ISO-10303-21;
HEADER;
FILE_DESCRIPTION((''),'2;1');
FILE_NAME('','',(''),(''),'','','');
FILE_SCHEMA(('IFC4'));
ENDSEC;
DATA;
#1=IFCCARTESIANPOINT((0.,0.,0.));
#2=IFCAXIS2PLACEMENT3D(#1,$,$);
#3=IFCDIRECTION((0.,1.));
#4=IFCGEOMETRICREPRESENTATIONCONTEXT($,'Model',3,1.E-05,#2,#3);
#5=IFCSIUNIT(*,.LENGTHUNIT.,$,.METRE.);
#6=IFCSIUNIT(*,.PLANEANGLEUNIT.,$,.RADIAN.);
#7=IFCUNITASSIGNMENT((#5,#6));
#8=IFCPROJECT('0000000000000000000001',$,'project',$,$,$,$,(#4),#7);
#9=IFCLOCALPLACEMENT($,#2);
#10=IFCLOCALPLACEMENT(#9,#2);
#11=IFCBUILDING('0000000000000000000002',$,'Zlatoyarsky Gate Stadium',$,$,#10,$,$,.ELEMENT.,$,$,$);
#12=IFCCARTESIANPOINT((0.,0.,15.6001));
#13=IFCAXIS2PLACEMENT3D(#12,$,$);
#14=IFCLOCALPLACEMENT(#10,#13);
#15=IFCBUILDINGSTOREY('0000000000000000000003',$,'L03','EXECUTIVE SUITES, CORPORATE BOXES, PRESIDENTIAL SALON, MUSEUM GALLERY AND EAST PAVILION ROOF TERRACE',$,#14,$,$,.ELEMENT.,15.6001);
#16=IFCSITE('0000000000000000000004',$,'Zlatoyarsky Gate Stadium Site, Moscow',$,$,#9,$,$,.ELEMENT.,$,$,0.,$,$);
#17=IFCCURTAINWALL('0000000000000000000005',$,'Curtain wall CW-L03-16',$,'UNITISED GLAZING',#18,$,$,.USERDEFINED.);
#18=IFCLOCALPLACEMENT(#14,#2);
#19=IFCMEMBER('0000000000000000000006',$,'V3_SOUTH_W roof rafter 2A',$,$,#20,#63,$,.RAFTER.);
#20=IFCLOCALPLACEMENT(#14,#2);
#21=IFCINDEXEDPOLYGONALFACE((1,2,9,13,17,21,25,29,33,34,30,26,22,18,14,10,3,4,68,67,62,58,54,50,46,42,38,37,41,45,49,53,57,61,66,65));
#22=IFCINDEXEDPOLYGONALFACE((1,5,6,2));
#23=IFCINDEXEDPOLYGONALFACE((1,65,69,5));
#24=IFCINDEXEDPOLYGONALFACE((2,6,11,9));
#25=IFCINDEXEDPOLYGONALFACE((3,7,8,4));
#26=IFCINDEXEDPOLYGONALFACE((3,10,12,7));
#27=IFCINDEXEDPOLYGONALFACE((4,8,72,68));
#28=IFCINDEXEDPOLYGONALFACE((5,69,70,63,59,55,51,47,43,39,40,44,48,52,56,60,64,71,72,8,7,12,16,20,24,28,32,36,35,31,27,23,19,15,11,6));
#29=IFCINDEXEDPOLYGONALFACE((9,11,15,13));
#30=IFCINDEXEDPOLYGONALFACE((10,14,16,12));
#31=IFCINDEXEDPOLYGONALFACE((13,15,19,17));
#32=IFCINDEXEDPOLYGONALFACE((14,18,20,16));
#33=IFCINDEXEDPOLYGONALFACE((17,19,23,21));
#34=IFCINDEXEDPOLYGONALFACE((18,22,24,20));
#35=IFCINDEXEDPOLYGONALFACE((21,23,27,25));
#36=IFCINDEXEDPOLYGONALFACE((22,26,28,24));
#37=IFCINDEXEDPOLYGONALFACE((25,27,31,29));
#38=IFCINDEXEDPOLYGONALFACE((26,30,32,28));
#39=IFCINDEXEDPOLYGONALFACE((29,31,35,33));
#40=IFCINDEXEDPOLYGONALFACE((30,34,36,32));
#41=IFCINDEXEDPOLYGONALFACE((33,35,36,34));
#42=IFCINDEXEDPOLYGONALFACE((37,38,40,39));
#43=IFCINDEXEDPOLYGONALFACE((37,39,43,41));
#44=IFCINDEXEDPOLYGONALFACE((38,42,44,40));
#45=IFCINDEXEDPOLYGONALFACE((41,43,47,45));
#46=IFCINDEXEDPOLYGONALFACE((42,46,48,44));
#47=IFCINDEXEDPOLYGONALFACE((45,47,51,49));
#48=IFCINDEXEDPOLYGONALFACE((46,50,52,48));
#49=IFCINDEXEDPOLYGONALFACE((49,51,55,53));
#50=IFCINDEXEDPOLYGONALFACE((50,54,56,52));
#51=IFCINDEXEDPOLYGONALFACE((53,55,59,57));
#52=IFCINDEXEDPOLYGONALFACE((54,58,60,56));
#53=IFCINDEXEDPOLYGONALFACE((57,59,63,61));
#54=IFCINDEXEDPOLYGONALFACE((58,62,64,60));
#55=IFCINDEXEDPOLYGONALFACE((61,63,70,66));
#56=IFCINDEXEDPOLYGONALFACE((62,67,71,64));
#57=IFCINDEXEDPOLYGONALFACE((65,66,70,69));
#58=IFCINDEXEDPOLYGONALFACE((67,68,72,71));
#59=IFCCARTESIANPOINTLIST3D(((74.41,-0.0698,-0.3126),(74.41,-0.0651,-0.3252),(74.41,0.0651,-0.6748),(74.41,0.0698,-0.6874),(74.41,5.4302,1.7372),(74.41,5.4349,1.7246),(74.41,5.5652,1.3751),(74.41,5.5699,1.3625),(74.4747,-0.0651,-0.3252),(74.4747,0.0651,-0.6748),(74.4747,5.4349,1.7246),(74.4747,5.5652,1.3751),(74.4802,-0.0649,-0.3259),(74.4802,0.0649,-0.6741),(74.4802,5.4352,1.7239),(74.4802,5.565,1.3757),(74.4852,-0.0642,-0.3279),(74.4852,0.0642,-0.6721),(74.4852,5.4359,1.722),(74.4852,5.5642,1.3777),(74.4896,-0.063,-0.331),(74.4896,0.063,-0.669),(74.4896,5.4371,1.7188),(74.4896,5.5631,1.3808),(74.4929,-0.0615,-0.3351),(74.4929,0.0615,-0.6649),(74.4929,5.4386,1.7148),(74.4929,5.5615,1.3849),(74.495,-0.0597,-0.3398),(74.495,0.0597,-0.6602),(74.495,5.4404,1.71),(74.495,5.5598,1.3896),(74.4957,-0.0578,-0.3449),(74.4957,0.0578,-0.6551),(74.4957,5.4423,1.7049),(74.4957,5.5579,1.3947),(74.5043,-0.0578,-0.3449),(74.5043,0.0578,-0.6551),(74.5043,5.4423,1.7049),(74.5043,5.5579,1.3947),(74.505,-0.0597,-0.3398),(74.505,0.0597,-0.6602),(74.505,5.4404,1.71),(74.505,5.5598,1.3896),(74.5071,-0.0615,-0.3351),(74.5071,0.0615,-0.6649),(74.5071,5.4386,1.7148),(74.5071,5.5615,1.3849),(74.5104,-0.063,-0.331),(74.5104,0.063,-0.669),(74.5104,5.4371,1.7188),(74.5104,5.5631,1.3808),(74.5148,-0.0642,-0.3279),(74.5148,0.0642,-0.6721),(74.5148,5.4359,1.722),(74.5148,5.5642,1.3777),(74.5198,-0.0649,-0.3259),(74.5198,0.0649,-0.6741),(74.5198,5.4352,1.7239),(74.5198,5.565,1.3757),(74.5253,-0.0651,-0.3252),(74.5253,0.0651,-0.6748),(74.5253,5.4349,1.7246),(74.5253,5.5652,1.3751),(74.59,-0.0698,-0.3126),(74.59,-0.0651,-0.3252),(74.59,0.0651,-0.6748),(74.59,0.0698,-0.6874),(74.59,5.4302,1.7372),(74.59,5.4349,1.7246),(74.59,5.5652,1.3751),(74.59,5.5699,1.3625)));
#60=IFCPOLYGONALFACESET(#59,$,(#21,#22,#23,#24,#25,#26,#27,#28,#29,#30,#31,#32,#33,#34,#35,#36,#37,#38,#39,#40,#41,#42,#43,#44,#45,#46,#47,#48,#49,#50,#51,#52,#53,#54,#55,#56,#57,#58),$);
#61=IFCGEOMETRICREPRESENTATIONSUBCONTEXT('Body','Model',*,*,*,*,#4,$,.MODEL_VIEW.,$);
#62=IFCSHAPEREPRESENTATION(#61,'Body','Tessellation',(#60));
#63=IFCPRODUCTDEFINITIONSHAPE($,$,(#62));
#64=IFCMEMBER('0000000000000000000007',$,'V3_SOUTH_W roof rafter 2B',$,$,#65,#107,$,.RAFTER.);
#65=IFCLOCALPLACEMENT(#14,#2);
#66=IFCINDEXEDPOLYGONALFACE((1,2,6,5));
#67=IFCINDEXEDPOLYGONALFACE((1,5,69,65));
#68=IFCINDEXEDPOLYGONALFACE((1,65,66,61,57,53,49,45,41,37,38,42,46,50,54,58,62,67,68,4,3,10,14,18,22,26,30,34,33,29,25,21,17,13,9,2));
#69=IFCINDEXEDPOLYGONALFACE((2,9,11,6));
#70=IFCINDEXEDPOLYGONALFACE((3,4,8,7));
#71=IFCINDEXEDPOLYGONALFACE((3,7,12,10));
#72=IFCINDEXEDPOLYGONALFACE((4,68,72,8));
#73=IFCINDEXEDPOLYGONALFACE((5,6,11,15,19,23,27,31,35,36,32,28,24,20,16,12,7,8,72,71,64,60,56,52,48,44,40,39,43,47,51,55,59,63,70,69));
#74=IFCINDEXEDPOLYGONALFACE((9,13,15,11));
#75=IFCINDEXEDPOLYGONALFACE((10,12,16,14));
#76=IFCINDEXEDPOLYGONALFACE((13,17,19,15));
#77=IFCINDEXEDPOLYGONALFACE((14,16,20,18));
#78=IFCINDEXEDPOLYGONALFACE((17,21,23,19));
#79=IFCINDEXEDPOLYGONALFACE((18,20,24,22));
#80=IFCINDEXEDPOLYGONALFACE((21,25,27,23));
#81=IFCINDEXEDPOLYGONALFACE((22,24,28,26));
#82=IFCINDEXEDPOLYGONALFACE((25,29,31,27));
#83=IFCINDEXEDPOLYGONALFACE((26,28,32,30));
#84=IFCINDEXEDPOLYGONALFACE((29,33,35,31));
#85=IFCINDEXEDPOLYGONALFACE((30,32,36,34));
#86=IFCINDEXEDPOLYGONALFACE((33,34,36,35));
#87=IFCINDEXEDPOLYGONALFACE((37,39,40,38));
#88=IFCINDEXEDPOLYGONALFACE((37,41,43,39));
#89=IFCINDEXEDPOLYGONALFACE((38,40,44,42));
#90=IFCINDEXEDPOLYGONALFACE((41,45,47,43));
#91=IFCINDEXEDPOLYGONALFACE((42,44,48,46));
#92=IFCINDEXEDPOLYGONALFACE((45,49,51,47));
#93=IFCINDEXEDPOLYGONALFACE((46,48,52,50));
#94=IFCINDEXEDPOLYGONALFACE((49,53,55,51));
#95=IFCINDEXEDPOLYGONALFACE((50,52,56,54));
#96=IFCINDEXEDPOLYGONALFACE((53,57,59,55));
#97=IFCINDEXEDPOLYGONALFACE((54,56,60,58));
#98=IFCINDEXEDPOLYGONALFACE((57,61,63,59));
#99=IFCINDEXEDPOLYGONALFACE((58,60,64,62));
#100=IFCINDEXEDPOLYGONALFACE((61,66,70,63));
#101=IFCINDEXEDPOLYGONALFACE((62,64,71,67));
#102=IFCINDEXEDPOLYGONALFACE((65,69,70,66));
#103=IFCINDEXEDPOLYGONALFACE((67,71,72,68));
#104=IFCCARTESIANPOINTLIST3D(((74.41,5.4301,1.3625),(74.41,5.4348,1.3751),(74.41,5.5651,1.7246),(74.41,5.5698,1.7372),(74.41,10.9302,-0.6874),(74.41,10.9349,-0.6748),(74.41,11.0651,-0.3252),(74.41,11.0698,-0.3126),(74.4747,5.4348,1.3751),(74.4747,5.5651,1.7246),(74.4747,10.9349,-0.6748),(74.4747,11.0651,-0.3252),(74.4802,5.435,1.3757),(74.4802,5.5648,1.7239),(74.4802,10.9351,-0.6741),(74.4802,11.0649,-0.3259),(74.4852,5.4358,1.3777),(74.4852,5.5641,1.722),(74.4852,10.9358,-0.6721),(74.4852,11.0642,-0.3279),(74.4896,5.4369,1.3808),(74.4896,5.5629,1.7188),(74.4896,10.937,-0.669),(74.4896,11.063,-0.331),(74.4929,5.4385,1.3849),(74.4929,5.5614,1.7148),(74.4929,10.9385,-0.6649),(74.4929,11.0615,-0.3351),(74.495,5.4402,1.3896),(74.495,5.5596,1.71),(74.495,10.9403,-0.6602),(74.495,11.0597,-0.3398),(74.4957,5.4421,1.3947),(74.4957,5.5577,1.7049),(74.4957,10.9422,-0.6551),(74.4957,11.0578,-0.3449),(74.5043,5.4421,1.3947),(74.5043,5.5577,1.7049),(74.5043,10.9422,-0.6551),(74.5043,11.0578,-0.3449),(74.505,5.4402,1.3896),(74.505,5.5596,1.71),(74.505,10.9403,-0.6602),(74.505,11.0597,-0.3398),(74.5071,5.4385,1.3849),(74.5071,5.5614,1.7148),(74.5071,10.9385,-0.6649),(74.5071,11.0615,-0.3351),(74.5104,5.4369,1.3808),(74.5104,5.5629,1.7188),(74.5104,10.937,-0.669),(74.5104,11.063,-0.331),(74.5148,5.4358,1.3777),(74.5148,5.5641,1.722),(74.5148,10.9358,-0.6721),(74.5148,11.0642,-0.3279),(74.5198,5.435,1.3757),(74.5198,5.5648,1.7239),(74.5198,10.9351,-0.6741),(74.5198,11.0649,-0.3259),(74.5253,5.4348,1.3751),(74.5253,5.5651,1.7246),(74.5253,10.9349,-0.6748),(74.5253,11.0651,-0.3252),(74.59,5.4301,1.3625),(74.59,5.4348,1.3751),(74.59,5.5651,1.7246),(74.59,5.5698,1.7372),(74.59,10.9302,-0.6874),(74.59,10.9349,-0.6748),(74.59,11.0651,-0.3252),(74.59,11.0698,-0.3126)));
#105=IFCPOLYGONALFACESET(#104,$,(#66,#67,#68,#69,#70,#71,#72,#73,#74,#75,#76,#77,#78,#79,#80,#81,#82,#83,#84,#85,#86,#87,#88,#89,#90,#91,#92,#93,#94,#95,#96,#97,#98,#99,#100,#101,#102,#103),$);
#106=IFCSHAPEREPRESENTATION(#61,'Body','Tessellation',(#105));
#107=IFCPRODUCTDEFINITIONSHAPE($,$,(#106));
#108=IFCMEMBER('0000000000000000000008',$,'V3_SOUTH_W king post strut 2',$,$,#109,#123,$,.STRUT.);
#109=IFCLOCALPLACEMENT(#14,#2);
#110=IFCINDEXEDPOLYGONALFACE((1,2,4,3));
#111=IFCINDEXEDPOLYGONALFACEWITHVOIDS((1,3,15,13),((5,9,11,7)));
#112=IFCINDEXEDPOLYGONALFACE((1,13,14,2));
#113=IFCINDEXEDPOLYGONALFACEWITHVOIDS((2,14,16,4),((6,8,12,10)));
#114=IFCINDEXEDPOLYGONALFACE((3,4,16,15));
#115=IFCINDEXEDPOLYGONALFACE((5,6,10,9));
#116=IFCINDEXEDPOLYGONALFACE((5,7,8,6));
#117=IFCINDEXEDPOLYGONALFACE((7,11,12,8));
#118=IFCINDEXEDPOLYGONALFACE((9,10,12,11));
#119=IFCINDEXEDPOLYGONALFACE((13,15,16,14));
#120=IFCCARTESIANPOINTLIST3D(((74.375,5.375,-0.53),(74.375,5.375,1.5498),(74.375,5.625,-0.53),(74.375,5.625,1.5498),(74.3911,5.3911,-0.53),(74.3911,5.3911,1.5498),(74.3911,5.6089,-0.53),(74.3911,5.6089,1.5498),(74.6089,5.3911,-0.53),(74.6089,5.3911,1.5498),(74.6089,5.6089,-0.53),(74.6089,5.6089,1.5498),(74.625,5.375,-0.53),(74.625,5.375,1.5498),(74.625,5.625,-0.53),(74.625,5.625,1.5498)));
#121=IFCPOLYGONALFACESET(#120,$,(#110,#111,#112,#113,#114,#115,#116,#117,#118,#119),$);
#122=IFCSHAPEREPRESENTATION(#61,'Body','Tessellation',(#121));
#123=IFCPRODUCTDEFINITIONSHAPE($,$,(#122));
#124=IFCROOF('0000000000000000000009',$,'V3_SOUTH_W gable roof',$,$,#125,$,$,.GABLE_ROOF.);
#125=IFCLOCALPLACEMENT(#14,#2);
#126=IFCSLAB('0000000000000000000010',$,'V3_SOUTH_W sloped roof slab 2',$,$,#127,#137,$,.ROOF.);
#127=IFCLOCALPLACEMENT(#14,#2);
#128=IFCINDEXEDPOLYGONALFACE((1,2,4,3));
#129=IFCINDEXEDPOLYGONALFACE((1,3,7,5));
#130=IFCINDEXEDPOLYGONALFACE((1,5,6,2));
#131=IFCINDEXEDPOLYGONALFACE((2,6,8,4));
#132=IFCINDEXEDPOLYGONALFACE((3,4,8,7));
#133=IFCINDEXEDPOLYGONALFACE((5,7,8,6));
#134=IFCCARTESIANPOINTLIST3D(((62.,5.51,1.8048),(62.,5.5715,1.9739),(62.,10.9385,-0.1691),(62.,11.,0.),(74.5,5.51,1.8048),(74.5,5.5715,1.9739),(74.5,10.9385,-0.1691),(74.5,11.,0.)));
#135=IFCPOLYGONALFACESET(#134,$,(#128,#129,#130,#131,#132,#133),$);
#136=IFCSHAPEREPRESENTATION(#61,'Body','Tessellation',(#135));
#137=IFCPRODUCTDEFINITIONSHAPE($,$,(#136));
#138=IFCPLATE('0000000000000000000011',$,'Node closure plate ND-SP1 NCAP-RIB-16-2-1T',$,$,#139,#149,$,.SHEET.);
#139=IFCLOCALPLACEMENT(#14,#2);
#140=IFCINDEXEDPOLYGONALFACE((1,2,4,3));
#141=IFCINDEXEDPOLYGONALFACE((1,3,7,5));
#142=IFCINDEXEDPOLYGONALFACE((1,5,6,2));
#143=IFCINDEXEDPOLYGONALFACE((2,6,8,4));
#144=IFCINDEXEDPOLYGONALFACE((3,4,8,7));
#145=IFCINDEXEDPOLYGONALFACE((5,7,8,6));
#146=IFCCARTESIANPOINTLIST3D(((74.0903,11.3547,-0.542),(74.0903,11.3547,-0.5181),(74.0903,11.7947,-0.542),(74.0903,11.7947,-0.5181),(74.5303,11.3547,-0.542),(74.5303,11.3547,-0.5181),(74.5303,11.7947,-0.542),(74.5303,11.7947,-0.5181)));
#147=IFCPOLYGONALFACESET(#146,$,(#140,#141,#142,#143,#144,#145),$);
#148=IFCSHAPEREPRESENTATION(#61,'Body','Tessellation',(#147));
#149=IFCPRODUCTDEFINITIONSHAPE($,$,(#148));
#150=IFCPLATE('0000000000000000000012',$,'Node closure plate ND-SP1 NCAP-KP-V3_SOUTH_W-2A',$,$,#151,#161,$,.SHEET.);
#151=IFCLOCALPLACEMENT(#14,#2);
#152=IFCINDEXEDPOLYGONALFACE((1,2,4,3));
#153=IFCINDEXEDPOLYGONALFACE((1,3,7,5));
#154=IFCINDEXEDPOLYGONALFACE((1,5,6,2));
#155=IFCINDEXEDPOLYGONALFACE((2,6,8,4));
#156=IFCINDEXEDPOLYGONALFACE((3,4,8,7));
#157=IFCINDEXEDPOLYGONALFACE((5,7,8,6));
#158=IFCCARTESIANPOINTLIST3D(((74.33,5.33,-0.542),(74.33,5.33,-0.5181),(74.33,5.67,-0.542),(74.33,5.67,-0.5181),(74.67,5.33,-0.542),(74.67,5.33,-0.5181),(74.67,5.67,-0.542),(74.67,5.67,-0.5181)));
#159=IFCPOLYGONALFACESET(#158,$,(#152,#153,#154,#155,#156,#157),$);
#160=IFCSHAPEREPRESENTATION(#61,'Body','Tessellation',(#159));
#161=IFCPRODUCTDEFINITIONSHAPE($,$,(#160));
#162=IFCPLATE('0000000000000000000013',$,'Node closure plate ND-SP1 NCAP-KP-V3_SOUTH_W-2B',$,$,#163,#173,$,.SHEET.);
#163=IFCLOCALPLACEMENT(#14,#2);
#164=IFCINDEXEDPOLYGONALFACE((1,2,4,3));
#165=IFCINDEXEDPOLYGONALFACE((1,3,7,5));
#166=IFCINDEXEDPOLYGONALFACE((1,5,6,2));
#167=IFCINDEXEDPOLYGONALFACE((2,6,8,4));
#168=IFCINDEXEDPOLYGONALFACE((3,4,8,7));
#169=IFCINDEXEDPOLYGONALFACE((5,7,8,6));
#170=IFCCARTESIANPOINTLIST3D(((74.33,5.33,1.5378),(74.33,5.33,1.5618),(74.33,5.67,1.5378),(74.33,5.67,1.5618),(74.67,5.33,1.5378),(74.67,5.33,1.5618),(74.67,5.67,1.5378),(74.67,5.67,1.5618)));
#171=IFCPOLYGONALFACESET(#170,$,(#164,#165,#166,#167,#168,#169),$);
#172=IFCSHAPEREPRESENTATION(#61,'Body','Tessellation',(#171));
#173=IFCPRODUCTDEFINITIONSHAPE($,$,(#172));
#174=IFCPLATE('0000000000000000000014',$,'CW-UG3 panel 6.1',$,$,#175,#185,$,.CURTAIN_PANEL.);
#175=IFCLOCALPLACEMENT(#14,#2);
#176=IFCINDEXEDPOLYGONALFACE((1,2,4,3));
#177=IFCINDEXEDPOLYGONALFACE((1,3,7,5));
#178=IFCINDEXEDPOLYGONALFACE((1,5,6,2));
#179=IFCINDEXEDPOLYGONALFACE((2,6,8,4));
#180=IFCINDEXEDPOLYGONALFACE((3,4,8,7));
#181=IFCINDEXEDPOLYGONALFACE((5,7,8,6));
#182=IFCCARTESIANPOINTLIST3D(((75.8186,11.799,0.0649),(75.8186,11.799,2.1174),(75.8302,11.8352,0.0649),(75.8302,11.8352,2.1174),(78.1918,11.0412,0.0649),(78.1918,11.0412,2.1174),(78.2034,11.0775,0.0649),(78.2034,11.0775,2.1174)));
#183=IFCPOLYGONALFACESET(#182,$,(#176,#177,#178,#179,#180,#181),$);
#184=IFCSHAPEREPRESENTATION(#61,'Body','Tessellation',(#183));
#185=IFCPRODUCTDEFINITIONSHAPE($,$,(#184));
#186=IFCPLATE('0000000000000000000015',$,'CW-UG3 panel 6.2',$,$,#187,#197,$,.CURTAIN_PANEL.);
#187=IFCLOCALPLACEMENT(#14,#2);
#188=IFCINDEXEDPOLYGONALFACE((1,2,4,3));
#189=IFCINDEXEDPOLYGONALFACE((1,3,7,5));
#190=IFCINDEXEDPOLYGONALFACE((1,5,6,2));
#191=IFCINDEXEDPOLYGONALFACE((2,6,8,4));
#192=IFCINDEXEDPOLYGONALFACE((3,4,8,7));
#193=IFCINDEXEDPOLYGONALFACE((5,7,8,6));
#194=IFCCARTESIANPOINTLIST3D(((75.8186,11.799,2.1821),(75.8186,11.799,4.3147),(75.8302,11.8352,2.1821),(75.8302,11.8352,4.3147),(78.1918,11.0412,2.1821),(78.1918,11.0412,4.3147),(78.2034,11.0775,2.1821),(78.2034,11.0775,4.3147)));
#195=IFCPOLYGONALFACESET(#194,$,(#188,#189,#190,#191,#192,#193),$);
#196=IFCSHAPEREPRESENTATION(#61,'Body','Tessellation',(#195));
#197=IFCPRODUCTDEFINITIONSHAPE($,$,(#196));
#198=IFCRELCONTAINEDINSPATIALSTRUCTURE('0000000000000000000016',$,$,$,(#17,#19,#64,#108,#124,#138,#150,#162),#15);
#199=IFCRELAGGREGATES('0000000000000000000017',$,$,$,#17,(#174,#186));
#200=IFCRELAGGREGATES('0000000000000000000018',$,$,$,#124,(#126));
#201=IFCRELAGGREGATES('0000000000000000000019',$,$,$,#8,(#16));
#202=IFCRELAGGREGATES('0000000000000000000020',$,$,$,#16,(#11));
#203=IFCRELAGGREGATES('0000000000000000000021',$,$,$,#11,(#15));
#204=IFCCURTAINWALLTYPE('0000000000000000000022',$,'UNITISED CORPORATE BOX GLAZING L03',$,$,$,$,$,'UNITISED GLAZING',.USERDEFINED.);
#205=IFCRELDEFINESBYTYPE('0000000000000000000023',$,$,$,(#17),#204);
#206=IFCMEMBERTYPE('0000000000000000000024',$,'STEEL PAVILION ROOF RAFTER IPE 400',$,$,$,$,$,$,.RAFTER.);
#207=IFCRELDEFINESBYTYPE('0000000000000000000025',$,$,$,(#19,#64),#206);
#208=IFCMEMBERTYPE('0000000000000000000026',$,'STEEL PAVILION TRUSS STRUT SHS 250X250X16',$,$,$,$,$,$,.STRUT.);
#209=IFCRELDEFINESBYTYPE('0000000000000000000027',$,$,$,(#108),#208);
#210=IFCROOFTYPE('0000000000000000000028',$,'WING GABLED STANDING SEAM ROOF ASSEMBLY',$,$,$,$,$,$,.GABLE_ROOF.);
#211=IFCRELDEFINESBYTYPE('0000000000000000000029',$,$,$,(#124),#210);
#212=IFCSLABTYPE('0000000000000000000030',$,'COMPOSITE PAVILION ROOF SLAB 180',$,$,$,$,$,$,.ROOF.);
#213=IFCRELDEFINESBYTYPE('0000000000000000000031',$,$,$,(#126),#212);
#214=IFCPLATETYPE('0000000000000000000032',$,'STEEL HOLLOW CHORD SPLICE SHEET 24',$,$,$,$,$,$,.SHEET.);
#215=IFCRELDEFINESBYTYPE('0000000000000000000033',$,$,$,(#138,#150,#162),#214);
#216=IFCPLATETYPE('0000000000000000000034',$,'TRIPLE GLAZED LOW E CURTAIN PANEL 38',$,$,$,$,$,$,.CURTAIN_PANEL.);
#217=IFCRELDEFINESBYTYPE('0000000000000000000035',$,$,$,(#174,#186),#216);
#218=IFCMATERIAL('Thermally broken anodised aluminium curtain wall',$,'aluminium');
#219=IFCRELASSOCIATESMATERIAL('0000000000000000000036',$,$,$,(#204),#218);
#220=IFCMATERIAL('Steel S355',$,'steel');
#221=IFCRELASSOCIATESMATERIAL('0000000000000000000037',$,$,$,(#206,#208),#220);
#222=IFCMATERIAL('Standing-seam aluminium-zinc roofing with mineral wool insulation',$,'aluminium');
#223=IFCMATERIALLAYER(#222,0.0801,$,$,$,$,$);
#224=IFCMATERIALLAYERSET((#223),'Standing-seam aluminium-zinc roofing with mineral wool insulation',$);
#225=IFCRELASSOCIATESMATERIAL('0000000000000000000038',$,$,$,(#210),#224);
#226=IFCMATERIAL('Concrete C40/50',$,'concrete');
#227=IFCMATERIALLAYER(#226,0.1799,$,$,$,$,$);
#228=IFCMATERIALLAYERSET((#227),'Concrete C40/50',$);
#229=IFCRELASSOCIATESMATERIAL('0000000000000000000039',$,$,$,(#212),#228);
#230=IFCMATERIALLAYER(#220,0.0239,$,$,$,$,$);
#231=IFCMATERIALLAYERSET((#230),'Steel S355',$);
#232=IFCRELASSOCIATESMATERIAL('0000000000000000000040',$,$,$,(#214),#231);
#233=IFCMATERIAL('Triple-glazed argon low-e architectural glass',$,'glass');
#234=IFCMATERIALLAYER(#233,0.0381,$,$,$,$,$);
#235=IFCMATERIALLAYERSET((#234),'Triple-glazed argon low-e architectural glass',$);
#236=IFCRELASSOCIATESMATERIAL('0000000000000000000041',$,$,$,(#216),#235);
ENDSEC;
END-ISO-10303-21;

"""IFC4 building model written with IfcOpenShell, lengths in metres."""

from ifc_helpers import new_model, si_unit, direction, frame, origin, origin_2d, place, context, subcontext, project, spatial, polyline, rectangle, hollow_rectangle, i_section, outline, extrude, material, layer, layer_set, material_profile, profile_set, type_object, element, aggregate, save


model = new_model("IFC4")

# Units and contexts
model_context = context("Model", 3, precision=1e-05, world=origin(), true_north=direction((0.0, 1.0)))
body_context = subcontext(model_context, "Body", "Model", "MODEL_VIEW")
ifc_project = project(units=[si_unit("LENGTHUNIT", "METRE"), si_unit("PLANEANGLEUNIT", "RADIAN")], contexts=[model_context])

# Site, building, storey
site_placement = place(None, origin())
site = spatial("IfcSite", under=ifc_project, at=site_placement, Name="Zlatoyarsky Gate Stadium Site, Moscow", CompositionType="ELEMENT", RefElevation=0.0)
building_placement = place(site_placement, origin())
building = spatial("IfcBuilding", under=site, at=building_placement, Name="Zlatoyarsky Gate Stadium", CompositionType="ELEMENT")
storey_placement = place(building_placement, frame((0.0, 0.0, 15.6001)))
storey = spatial("IfcBuildingStorey", under=building, at=storey_placement, Name="L03", Description="EXECUTIVE SUITES, CORPORATE BOXES, PRESIDENTIAL SALON, MUSEUM GALLERY AND EAST PAVILION ROOF TERRACE", CompositionType="ELEMENT", Elevation=15.6001)

# Curtain wall
ifc_material_1 = material(Name="Thermally broken anodised aluminium curtain wall", Category="aluminium")
curtain_wall_type = type_object("IfcCurtainWallType", Name="UNITISED CORPORATE BOX GLAZING L03", ElementType="UNITISED GLAZING", PredefinedType="USERDEFINED", material=ifc_material_1)
curtain_wall_placement = place(storey_placement, origin())
curtain_wall = element("IfcCurtainWall", 1, at=curtain_wall_placement, inside=storey, type_object=curtain_wall_type, Name="Curtain wall CW-L03-16", ObjectType="UNITISED GLAZING", PredefinedType="USERDEFINED")

# Shared definitions
ifc_material_2 = material(Name="Steel S355", Category="steel")

# Members
ifc_material_profile_1 = material_profile(ifc_material_2, i_section(OverallWidth=0.1799, OverallDepth=0.3999, WebThickness=0.0085, FlangeThickness=0.0134, FilletRadius=0.021, at=origin_2d()), Name="IPE 400")
ifc_profile_set_1 = profile_set([ifc_material_profile_1], Name="Steel S355")
member_type_1 = type_object("IfcMemberType", Name="STEEL PAVILION ROOF RAFTER IPE 400", PredefinedType="RAFTER", material=ifc_profile_set_1)
for number, where, z_axis, x_axis, name in (
    (2, (74.5, 0.0, -0.5), (0.0, 0.937038, 0.349226), (-1.0, 0.0, 0.0), "V3_SOUTH_W roof rafter 2A"),
    (3, (74.5, 11.0, -0.5), (0.0, -0.937038, 0.349226), (1.0, 0.0, 0.0), "V3_SOUTH_W roof rafter 2B"),
):
    element("IfcMember", number, at=place(storey_placement, frame(where, z_axis=z_axis, x_axis=x_axis)), inside=storey, type_object=member_type_1, Name=name, PredefinedType="RAFTER", context=body_context, shape_type="SweptSolid", body=[
        extrude(i_section(OverallWidth=0.1799, OverallDepth=0.3999, WebThickness=0.0085, FlangeThickness=0.0134, FilletRadius=0.021, at=origin_2d()), origin(), (0.0, 0.0, 1.0), 5.8696),
    ])
ifc_material_profile_2 = material_profile(ifc_material_2, hollow_rectangle(XDim=0.25, YDim=0.25, WallThickness=0.0161, at=origin_2d()), Name="SHS 250X250X16")
ifc_profile_set_2 = profile_set([ifc_material_profile_2], Name="Steel S355")
member_type_2 = type_object("IfcMemberType", Name="STEEL PAVILION TRUSS STRUT SHS 250X250X16", PredefinedType="STRUT", material=ifc_profile_set_2)
member_1_placement = place(storey_placement, frame((74.5, 5.5, -0.53), z_axis=(0.0, 0.0, 1.0), x_axis=(1.0, 0.0, 0.0)))
element("IfcMember", 4, at=member_1_placement, inside=storey, type_object=member_type_2, Name="V3_SOUTH_W king post strut 2", PredefinedType="STRUT", context=body_context, shape_type="SweptSolid", body=[
    extrude(hollow_rectangle(XDim=0.25, YDim=0.25, WallThickness=0.0161, at=origin_2d()), origin(), (0.0, 0.0, 1.0), 2.0798),
])

# Roof, slab
ifc_material_3 = material(Name="Standing-seam aluminium-zinc roofing with mineral wool insulation", Category="aluminium")
ifc_layer_1 = layer(ifc_material_3, 0.0801)
ifc_layer_set_1 = layer_set([ifc_layer_1], Name="Standing-seam aluminium-zinc roofing with mineral wool insulation")
roof_type = type_object("IfcRoofType", Name="WING GABLED STANDING SEAM ROOF ASSEMBLY", PredefinedType="GABLE_ROOF", material=ifc_layer_set_1)
roof_placement = place(storey_placement, origin())
roof = element("IfcRoof", 5, at=roof_placement, inside=storey, type_object=roof_type, Name="V3_SOUTH_W gable roof", PredefinedType="GABLE_ROOF")
ifc_material_4 = material(Name="Concrete C40/50", Category="concrete")
ifc_layer_2 = layer(ifc_material_4, 0.1799)
ifc_layer_set_2 = layer_set([ifc_layer_2], Name="Concrete C40/50")
slab_type = type_object("IfcSlabType", Name="COMPOSITE PAVILION ROOF SLAB 180", PredefinedType="ROOF", material=ifc_layer_set_2)
slab_placement = place(storey_placement, frame((74.5, 11.0, 0.0), z_axis=(0.0, 0.341726, 0.9398), x_axis=(-1.0, 0.0, 0.0)))
slab = element("IfcSlab", 6, at=slab_placement, type_object=slab_type, Name="V3_SOUTH_W sloped roof slab 2", PredefinedType="ROOF", context=body_context, shape_type="SweptSolid", body=[
    extrude(outline(polyline([(0.0, 0.0), (12.5, 0.0), (12.5, 5.7762), (0.0, 5.7762), (0.0, 0.0)])), origin(), (0.0, 0.0, -1.0), 0.1799),
])

# Plates
ifc_layer_3 = layer(ifc_material_2, 0.0239)
ifc_layer_set_3 = layer_set([ifc_layer_3], Name="Steel S355")
plate_type_1 = type_object("IfcPlateType", Name="STEEL HOLLOW CHORD SPLICE SHEET 24", PredefinedType="SHEET", material=ifc_layer_set_3)
plate_1_placement = place(storey_placement, frame((74.3103, 11.5747, -0.542), z_axis=(0.0, 0.0, 1.0), x_axis=(1.0, 0.0, 0.0)))
element("IfcPlate", 7, at=plate_1_placement, inside=storey, type_object=plate_type_1, Name="Node closure plate ND-SP1 NCAP-RIB-16-2-1T", PredefinedType="SHEET", context=body_context, shape_type="SweptSolid", body=[
    extrude(rectangle(XDim=0.4399, YDim=0.4399, at=origin_2d()), origin(), (0.0, 0.0, 1.0), 0.0239),
])
for number, where, z_axis, x_axis, name in (
    (8, (74.5, 5.5, -0.542), (0.0, 0.0, 1.0), (1.0, 0.0, 0.0), "Node closure plate ND-SP1 NCAP-KP-V3_SOUTH_W-2A"),
    (9, (74.5, 5.5, 1.5378), (0.0, 0.0, 1.0), (1.0, 0.0, 0.0), "Node closure plate ND-SP1 NCAP-KP-V3_SOUTH_W-2B"),
):
    element("IfcPlate", number, at=place(storey_placement, frame(where, z_axis=z_axis, x_axis=x_axis)), inside=storey, type_object=plate_type_1, Name=name, PredefinedType="SHEET", context=body_context, shape_type="SweptSolid", body=[
        extrude(rectangle(XDim=0.3401, YDim=0.3401, at=origin_2d()), origin(), (0.0, 0.0, 1.0), 0.0239),
    ])

# Plates
ifc_material_5 = material(Name="Triple-glazed argon low-e architectural glass", Category="glass")
ifc_layer_4 = layer(ifc_material_5, 0.0381)
ifc_layer_set_4 = layer_set([ifc_layer_4], Name="Triple-glazed argon low-e architectural glass")
plate_type_2 = type_object("IfcPlateType", Name="TRIPLE GLAZED LOW E CURTAIN PANEL 38", PredefinedType="CURTAIN_PANEL", material=ifc_layer_set_4)
plate_2_placement = place(storey_placement, frame((77.011, 11.4382, 0.0649), z_axis=(0.0, 0.0, 1.0), x_axis=(0.95262, -0.304162, 0.0)))
plate_2 = element("IfcPlate", 10, at=plate_2_placement, type_object=plate_type_2, Name="CW-UG3 panel 6.1", PredefinedType="CURTAIN_PANEL", context=body_context, shape_type="SweptSolid", body=[
    extrude(rectangle(XDim=2.4912, YDim=0.0381, at=origin_2d()), origin(), (0.0, 0.0, 1.0), 2.0525),
])
plate_3_placement = place(storey_placement, frame((77.011, 11.4382, 2.1821), z_axis=(0.0, 0.0, 1.0), x_axis=(0.95262, -0.304162, 0.0)))
plate_3 = element("IfcPlate", 11, at=plate_3_placement, type_object=plate_type_2, Name="CW-UG3 panel 6.2", PredefinedType="CURTAIN_PANEL", context=body_context, shape_type="SweptSolid", body=[
    extrude(rectangle(XDim=2.4912, YDim=0.0381, at=origin_2d()), origin(), (0.0, 0.0, 1.0), 2.1326),
])
aggregate(curtain_wall, [plate_2, plate_3])

aggregate(roof, [slab])

save(model, "model.ifc")
